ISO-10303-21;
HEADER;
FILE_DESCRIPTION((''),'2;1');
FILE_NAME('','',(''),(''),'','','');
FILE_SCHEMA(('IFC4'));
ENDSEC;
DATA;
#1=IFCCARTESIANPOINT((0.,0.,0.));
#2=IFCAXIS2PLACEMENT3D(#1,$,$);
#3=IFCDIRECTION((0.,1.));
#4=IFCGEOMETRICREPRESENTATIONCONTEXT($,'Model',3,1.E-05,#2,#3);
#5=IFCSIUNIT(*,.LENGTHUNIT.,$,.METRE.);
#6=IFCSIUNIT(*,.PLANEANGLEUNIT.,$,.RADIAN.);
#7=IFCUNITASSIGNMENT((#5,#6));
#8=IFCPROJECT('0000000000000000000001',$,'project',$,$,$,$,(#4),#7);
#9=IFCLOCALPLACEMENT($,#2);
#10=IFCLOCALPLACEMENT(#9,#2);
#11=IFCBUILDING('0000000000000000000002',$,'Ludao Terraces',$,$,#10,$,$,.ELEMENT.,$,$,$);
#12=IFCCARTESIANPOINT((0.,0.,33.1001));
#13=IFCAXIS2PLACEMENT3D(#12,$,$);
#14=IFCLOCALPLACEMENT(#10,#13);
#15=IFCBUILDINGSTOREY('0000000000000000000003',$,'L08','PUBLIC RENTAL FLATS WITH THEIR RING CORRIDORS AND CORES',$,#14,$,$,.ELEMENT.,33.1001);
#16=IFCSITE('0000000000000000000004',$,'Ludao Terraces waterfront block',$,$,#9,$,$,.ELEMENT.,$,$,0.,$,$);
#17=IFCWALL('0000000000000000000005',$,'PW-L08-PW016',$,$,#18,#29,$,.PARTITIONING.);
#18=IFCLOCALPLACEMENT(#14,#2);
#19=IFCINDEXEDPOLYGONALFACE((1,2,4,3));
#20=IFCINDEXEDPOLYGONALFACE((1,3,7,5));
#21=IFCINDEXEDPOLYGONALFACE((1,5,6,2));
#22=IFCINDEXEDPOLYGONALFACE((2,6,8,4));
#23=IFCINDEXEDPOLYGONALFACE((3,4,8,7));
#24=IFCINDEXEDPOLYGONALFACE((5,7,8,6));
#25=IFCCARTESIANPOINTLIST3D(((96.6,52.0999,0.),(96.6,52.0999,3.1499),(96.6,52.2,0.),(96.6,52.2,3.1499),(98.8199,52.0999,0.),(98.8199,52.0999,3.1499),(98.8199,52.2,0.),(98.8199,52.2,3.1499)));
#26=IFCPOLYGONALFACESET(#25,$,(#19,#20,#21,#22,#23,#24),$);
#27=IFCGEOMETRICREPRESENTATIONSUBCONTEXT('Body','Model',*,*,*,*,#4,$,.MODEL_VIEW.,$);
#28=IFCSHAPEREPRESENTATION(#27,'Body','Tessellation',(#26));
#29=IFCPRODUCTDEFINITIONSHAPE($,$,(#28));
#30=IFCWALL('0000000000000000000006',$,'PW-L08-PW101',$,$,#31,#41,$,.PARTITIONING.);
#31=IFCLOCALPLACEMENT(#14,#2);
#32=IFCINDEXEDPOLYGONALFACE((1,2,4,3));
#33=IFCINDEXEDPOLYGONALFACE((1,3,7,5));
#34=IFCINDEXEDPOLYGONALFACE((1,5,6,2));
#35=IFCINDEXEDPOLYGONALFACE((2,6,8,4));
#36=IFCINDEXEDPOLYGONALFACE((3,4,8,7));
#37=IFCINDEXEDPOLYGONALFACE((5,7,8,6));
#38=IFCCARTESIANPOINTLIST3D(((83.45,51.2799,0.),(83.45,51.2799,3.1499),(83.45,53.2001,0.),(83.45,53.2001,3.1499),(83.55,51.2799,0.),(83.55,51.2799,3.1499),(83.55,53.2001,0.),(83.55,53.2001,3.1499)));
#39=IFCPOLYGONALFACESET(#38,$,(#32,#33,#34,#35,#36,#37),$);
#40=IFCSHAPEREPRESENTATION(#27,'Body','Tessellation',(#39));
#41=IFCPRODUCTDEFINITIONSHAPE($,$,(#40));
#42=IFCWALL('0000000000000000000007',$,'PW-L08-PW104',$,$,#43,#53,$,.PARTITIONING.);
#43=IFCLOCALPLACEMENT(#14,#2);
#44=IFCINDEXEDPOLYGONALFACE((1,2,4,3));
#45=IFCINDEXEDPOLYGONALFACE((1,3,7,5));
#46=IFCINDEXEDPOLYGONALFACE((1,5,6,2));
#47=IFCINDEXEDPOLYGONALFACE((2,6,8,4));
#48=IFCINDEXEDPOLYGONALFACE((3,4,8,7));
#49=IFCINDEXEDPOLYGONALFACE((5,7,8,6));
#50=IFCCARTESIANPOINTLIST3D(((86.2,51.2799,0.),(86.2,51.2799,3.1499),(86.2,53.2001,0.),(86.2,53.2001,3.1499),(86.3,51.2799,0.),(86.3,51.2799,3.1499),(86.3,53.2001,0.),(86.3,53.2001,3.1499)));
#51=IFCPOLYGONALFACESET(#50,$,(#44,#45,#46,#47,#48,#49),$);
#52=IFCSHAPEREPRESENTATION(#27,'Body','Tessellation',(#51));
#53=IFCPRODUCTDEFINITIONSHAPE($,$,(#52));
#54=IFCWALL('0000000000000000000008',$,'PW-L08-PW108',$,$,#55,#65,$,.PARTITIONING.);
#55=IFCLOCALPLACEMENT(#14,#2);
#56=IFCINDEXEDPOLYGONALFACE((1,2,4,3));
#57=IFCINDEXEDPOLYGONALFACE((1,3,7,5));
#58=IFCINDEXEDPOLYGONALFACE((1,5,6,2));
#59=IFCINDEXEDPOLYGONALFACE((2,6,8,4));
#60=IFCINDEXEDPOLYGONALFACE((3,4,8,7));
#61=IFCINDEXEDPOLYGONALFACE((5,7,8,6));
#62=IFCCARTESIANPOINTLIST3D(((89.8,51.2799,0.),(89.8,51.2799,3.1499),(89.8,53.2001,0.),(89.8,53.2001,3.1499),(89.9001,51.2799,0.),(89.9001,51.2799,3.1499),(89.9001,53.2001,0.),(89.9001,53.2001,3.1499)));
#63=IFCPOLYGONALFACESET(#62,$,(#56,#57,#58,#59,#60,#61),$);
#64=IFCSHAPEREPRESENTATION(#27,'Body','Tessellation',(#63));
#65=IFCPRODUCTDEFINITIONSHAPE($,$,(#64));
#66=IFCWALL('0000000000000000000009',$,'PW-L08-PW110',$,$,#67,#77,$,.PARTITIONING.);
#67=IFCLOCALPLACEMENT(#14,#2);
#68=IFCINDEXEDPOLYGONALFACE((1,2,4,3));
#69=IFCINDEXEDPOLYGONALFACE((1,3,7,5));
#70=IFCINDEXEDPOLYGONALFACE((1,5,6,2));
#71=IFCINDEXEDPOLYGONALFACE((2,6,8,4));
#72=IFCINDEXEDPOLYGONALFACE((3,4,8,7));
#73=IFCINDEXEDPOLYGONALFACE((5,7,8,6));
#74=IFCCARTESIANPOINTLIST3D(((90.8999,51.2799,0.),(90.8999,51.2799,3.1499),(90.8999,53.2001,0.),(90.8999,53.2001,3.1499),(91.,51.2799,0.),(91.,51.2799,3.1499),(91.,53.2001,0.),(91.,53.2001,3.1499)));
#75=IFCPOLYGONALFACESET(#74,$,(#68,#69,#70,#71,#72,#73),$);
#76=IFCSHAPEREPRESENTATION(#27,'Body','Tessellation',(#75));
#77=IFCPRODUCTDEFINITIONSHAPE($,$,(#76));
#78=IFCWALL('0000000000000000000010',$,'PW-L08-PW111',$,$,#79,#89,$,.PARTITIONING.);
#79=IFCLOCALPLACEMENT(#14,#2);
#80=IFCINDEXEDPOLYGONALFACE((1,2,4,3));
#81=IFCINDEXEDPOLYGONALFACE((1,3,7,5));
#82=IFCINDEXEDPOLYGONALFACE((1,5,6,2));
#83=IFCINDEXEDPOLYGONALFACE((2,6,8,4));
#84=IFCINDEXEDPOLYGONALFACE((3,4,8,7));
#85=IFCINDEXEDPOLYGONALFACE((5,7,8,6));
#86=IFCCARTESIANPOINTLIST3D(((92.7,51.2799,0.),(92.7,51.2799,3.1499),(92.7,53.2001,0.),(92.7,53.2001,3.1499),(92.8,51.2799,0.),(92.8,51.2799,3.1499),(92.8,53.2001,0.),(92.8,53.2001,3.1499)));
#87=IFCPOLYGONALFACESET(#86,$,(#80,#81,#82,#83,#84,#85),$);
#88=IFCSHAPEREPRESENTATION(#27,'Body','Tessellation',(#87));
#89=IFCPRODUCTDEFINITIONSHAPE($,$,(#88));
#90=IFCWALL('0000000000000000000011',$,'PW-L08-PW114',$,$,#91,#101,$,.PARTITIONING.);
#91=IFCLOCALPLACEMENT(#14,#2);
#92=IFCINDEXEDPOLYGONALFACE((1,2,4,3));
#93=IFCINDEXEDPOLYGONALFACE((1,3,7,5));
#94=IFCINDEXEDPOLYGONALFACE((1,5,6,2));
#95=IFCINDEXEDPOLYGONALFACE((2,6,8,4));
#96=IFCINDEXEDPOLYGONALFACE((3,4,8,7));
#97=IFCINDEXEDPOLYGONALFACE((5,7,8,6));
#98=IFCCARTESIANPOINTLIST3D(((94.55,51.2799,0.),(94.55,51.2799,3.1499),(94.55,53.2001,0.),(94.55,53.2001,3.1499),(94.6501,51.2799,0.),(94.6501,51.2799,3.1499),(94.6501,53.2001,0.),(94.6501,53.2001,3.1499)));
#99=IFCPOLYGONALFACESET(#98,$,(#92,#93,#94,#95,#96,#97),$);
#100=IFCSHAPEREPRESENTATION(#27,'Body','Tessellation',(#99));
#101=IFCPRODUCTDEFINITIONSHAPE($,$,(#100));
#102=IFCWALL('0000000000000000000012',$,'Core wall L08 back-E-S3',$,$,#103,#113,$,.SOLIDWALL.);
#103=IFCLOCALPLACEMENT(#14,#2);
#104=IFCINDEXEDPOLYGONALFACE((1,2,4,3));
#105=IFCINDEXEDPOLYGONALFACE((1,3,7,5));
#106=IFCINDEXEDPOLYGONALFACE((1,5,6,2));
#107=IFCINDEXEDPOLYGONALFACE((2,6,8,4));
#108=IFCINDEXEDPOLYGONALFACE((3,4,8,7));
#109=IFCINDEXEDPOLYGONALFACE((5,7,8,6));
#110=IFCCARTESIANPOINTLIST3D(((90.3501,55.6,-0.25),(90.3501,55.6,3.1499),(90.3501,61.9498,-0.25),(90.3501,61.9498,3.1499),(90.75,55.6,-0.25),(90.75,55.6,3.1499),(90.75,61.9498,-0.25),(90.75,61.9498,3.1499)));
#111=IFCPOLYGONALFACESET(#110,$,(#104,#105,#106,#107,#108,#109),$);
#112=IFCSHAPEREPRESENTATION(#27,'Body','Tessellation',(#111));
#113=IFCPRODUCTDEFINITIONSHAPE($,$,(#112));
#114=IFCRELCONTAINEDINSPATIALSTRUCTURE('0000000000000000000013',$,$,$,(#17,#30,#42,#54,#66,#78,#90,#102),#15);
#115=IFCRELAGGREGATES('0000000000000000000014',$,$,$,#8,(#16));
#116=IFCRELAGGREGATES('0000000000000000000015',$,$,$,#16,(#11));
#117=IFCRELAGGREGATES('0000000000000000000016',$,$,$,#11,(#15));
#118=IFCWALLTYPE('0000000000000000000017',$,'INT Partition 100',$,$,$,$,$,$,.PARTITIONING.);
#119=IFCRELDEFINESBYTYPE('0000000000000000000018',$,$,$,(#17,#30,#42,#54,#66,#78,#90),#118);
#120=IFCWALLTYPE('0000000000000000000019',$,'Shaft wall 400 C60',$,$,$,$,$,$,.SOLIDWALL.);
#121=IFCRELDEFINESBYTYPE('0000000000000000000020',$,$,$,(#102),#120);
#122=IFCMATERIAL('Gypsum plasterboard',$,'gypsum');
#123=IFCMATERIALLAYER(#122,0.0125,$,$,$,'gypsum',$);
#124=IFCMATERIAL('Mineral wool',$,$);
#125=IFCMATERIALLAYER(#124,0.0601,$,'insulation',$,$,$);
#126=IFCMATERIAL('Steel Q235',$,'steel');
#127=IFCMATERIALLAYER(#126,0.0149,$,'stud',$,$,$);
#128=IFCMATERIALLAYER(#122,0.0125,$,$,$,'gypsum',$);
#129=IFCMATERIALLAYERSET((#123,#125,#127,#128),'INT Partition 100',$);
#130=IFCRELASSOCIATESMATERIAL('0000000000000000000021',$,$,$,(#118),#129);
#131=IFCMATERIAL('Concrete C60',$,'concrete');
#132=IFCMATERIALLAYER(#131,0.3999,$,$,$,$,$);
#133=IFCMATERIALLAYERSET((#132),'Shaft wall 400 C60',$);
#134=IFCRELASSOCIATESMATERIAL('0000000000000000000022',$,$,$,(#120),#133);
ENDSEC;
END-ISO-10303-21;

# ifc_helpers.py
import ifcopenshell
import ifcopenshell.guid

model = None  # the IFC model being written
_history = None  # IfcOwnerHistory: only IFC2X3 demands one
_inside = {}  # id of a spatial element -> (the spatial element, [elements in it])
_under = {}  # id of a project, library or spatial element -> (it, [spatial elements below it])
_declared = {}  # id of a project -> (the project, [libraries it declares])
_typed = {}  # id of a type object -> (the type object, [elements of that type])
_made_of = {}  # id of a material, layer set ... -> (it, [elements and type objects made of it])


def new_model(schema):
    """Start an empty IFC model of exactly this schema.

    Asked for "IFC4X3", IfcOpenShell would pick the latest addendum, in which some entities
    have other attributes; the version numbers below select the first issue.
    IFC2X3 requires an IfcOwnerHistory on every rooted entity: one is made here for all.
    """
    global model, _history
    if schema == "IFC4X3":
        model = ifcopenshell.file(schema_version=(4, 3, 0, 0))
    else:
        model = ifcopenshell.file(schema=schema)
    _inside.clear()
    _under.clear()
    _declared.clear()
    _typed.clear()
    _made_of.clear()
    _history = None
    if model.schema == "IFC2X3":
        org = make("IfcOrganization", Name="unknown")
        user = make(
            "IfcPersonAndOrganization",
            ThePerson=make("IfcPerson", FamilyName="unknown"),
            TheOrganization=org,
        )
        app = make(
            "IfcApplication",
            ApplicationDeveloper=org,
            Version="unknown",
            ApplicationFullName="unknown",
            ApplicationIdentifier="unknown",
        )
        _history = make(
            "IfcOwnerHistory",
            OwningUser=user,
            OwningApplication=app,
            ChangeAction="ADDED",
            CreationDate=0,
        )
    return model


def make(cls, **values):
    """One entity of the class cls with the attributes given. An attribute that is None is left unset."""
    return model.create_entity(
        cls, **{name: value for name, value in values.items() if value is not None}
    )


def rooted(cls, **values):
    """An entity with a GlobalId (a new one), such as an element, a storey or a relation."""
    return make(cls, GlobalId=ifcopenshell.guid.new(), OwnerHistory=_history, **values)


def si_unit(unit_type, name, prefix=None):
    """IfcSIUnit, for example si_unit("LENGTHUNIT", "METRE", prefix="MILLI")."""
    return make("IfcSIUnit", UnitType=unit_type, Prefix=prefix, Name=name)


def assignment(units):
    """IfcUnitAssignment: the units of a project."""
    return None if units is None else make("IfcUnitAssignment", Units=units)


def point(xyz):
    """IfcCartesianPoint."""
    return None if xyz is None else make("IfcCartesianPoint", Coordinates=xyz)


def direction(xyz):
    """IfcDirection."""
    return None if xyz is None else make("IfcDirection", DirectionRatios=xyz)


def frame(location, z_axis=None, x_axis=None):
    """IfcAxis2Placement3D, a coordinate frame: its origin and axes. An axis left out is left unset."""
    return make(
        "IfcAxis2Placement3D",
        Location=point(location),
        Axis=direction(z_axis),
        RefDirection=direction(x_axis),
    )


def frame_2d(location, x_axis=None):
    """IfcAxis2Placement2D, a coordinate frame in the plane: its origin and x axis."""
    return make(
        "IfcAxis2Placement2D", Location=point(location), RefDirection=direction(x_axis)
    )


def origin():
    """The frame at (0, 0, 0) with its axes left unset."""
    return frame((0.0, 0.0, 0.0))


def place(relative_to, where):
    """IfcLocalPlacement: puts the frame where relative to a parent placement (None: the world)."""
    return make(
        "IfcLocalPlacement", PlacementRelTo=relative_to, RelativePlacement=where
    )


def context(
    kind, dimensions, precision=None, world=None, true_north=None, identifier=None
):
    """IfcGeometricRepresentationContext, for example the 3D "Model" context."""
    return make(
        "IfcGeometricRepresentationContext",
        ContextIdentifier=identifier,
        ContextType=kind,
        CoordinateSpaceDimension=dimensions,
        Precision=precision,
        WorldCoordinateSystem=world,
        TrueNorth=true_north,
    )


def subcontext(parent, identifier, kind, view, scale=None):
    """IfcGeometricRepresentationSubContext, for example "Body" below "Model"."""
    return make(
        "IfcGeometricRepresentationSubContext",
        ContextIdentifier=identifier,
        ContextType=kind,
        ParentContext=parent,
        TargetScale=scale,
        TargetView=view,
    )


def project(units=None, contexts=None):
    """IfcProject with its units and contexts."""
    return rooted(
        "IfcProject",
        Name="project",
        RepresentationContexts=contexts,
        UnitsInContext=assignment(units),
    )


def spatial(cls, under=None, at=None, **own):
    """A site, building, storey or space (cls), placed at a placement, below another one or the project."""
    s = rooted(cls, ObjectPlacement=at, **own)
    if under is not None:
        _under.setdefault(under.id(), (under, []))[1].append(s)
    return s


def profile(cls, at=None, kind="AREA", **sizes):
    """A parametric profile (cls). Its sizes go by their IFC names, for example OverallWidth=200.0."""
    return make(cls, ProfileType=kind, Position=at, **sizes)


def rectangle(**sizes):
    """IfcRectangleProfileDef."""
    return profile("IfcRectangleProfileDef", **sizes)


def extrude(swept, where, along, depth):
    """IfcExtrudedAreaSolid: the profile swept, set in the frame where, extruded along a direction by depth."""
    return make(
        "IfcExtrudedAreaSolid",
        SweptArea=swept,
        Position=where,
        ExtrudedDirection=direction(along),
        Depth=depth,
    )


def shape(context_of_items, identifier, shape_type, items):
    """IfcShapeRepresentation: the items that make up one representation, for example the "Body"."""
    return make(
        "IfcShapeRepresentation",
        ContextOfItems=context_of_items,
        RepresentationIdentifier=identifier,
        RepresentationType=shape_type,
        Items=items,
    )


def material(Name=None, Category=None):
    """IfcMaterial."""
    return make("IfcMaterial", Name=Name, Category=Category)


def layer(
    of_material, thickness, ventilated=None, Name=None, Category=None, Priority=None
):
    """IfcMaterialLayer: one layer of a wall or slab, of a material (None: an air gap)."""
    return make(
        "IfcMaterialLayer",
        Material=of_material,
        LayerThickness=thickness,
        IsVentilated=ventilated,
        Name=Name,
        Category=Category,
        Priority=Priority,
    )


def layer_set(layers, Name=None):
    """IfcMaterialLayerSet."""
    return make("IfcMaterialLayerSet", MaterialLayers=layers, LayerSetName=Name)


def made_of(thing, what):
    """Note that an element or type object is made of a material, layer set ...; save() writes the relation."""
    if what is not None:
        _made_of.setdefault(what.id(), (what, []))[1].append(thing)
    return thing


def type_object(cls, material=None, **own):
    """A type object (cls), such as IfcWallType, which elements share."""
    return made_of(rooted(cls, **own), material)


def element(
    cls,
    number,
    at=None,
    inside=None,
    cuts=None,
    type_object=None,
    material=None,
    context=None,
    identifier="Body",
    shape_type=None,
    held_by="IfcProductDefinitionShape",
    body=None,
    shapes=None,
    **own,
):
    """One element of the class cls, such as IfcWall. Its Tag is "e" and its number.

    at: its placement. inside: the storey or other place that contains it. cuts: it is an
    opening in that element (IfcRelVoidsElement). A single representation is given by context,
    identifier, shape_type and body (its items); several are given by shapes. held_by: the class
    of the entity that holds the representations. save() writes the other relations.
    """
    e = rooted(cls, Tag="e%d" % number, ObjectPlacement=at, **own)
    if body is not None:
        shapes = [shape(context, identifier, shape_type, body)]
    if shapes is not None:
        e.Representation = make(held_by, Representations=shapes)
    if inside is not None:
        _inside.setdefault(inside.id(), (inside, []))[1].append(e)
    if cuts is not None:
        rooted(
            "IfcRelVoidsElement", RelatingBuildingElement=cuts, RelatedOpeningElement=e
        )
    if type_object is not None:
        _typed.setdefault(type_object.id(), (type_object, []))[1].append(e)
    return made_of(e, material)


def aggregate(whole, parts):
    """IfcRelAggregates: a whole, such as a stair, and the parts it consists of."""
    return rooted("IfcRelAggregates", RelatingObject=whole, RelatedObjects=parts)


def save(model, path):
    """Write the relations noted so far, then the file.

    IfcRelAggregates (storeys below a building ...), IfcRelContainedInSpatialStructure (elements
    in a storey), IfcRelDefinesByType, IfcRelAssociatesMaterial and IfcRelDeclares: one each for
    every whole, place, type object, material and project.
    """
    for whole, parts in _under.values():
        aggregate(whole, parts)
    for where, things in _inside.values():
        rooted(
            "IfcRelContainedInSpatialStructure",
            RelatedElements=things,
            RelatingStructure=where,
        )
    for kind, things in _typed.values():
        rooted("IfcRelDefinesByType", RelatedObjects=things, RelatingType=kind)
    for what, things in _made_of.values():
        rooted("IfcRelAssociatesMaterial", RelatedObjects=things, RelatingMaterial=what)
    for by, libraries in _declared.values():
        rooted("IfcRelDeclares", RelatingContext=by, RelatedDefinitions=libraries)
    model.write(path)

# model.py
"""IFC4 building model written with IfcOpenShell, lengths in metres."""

from ifc_helpers import new_model, si_unit, direction, frame, frame_2d, origin, place, context, subcontext, project, spatial, rectangle, extrude, material, layer, layer_set, type_object, element, save


model = new_model("IFC4")

# Units and contexts
model_context = context("Model", 3, precision=1e-05, world=origin(), true_north=direction((0.0, 1.0)))
body_context = subcontext(model_context, "Body", "Model", "MODEL_VIEW")
ifc_project = project(units=[si_unit("LENGTHUNIT", "METRE"), si_unit("PLANEANGLEUNIT", "RADIAN")], contexts=[model_context])

# Site, building, storey
site_placement = place(None, origin())
site = spatial("IfcSite", under=ifc_project, at=site_placement, Name="Ludao Terraces waterfront block", CompositionType="ELEMENT", RefElevation=0.0)
building_placement = place(site_placement, origin())
building = spatial("IfcBuilding", under=site, at=building_placement, Name="Ludao Terraces", CompositionType="ELEMENT")
storey_placement = place(building_placement, frame((0.0, 0.0, 33.1001)))
storey = spatial("IfcBuildingStorey", under=building, at=storey_placement, Name="L08", Description="PUBLIC RENTAL FLATS WITH THEIR RING CORRIDORS AND CORES", CompositionType="ELEMENT", Elevation=33.1001)

# Shared definitions
ifc_material_1 = material(Name="Steel Q235", Category="steel")
ifc_material_2 = material(Name="Mineral wool")

# Shared definitions
ifc_material_3 = material(Name="Gypsum plasterboard", Category="gypsum")
ifc_layer_1 = layer(ifc_material_3, 0.0125, Category="gypsum")
ifc_layer_2 = layer(ifc_material_2, 0.0601, Name="insulation")
ifc_layer_3 = layer(ifc_material_1, 0.0149, Name="stud")
ifc_layer_4 = layer(ifc_material_3, 0.0125, Category="gypsum")
ifc_layer_set_1 = layer_set([ifc_layer_1, ifc_layer_2, ifc_layer_3, ifc_layer_4], Name="INT Partition 100")
wall_type_1 = type_object("IfcWallType", Name="INT Partition 100", PredefinedType="PARTITIONING", material=ifc_layer_set_1)

# Walls
wall_1_placement = place(storey_placement, frame((96.6001, 52.1499, 0.0), z_axis=(0.0, 0.0, 1.0), x_axis=(1.0, 0.0, 0.0)))
element("IfcWall", 1, at=wall_1_placement, inside=storey, type_object=wall_type_1, Name="PW-L08-PW016", PredefinedType="PARTITIONING", context=body_context, shape_type="SweptSolid", body=[
    extrude(rectangle(XDim=2.22, YDim=0.1001, at=frame_2d((1.1099, 0.0))), origin(), (0.0, 0.0, 1.0), 3.1499),
])
for number, where, z_axis, x_axis, name in (
    (2, (83.5, 51.28, 0.0), (0.0, 0.0, 1.0), (0.0, 1.0, 0.0), "PW-L08-PW101"),
    (3, (86.25, 51.28, 0.0), (0.0, 0.0, 1.0), (0.0, 1.0, 0.0), "PW-L08-PW104"),
    (4, (89.8501, 51.28, 0.0), (0.0, 0.0, 1.0), (0.0, 1.0, 0.0), "PW-L08-PW108"),
    (5, (90.95, 51.28, 0.0), (0.0, 0.0, 1.0), (0.0, 1.0, 0.0), "PW-L08-PW110"),
    (6, (92.75, 51.28, 0.0), (0.0, 0.0, 1.0), (0.0, 1.0, 0.0), "PW-L08-PW111"),
    (7, (94.6001, 51.28, 0.0), (0.0, 0.0, 1.0), (0.0, 1.0, 0.0), "PW-L08-PW114"),
):
    element("IfcWall", number, at=place(storey_placement, frame(where, z_axis=z_axis, x_axis=x_axis)), inside=storey, type_object=wall_type_1, Name=name, PredefinedType="PARTITIONING", context=body_context, shape_type="SweptSolid", body=[
        extrude(rectangle(XDim=1.9202, YDim=0.1001, at=frame_2d((0.96, 0.0))), origin(), (0.0, 0.0, 1.0), 3.1499),
    ])
ifc_material_4 = material(Name="Concrete C60", Category="concrete")
ifc_layer_5 = layer(ifc_material_4, 0.3999)
ifc_layer_set_2 = layer_set([ifc_layer_5], Name="Shaft wall 400 C60")
wall_type_2 = type_object("IfcWallType", Name="Shaft wall 400 C60", PredefinedType="SOLIDWALL", material=ifc_layer_set_2)
wall_2_placement = place(storey_placement, frame((90.55, 55.6001, -0.25), z_axis=(0.0, 0.0, 1.0), x_axis=(0.0, 1.0, 0.0)))
element("IfcWall", 8, at=wall_2_placement, inside=storey, type_object=wall_type_2, Name="Core wall L08 back-E-S3", PredefinedType="SOLIDWALL", context=body_context, shape_type="SweptSolid", body=[
    extrude(rectangle(XDim=6.3499, YDim=0.3999, at=frame_2d((3.1748, 0.0))), origin(), (0.0, 0.0, 1.0), 3.3999),
])

save(model, "model.ifc")
